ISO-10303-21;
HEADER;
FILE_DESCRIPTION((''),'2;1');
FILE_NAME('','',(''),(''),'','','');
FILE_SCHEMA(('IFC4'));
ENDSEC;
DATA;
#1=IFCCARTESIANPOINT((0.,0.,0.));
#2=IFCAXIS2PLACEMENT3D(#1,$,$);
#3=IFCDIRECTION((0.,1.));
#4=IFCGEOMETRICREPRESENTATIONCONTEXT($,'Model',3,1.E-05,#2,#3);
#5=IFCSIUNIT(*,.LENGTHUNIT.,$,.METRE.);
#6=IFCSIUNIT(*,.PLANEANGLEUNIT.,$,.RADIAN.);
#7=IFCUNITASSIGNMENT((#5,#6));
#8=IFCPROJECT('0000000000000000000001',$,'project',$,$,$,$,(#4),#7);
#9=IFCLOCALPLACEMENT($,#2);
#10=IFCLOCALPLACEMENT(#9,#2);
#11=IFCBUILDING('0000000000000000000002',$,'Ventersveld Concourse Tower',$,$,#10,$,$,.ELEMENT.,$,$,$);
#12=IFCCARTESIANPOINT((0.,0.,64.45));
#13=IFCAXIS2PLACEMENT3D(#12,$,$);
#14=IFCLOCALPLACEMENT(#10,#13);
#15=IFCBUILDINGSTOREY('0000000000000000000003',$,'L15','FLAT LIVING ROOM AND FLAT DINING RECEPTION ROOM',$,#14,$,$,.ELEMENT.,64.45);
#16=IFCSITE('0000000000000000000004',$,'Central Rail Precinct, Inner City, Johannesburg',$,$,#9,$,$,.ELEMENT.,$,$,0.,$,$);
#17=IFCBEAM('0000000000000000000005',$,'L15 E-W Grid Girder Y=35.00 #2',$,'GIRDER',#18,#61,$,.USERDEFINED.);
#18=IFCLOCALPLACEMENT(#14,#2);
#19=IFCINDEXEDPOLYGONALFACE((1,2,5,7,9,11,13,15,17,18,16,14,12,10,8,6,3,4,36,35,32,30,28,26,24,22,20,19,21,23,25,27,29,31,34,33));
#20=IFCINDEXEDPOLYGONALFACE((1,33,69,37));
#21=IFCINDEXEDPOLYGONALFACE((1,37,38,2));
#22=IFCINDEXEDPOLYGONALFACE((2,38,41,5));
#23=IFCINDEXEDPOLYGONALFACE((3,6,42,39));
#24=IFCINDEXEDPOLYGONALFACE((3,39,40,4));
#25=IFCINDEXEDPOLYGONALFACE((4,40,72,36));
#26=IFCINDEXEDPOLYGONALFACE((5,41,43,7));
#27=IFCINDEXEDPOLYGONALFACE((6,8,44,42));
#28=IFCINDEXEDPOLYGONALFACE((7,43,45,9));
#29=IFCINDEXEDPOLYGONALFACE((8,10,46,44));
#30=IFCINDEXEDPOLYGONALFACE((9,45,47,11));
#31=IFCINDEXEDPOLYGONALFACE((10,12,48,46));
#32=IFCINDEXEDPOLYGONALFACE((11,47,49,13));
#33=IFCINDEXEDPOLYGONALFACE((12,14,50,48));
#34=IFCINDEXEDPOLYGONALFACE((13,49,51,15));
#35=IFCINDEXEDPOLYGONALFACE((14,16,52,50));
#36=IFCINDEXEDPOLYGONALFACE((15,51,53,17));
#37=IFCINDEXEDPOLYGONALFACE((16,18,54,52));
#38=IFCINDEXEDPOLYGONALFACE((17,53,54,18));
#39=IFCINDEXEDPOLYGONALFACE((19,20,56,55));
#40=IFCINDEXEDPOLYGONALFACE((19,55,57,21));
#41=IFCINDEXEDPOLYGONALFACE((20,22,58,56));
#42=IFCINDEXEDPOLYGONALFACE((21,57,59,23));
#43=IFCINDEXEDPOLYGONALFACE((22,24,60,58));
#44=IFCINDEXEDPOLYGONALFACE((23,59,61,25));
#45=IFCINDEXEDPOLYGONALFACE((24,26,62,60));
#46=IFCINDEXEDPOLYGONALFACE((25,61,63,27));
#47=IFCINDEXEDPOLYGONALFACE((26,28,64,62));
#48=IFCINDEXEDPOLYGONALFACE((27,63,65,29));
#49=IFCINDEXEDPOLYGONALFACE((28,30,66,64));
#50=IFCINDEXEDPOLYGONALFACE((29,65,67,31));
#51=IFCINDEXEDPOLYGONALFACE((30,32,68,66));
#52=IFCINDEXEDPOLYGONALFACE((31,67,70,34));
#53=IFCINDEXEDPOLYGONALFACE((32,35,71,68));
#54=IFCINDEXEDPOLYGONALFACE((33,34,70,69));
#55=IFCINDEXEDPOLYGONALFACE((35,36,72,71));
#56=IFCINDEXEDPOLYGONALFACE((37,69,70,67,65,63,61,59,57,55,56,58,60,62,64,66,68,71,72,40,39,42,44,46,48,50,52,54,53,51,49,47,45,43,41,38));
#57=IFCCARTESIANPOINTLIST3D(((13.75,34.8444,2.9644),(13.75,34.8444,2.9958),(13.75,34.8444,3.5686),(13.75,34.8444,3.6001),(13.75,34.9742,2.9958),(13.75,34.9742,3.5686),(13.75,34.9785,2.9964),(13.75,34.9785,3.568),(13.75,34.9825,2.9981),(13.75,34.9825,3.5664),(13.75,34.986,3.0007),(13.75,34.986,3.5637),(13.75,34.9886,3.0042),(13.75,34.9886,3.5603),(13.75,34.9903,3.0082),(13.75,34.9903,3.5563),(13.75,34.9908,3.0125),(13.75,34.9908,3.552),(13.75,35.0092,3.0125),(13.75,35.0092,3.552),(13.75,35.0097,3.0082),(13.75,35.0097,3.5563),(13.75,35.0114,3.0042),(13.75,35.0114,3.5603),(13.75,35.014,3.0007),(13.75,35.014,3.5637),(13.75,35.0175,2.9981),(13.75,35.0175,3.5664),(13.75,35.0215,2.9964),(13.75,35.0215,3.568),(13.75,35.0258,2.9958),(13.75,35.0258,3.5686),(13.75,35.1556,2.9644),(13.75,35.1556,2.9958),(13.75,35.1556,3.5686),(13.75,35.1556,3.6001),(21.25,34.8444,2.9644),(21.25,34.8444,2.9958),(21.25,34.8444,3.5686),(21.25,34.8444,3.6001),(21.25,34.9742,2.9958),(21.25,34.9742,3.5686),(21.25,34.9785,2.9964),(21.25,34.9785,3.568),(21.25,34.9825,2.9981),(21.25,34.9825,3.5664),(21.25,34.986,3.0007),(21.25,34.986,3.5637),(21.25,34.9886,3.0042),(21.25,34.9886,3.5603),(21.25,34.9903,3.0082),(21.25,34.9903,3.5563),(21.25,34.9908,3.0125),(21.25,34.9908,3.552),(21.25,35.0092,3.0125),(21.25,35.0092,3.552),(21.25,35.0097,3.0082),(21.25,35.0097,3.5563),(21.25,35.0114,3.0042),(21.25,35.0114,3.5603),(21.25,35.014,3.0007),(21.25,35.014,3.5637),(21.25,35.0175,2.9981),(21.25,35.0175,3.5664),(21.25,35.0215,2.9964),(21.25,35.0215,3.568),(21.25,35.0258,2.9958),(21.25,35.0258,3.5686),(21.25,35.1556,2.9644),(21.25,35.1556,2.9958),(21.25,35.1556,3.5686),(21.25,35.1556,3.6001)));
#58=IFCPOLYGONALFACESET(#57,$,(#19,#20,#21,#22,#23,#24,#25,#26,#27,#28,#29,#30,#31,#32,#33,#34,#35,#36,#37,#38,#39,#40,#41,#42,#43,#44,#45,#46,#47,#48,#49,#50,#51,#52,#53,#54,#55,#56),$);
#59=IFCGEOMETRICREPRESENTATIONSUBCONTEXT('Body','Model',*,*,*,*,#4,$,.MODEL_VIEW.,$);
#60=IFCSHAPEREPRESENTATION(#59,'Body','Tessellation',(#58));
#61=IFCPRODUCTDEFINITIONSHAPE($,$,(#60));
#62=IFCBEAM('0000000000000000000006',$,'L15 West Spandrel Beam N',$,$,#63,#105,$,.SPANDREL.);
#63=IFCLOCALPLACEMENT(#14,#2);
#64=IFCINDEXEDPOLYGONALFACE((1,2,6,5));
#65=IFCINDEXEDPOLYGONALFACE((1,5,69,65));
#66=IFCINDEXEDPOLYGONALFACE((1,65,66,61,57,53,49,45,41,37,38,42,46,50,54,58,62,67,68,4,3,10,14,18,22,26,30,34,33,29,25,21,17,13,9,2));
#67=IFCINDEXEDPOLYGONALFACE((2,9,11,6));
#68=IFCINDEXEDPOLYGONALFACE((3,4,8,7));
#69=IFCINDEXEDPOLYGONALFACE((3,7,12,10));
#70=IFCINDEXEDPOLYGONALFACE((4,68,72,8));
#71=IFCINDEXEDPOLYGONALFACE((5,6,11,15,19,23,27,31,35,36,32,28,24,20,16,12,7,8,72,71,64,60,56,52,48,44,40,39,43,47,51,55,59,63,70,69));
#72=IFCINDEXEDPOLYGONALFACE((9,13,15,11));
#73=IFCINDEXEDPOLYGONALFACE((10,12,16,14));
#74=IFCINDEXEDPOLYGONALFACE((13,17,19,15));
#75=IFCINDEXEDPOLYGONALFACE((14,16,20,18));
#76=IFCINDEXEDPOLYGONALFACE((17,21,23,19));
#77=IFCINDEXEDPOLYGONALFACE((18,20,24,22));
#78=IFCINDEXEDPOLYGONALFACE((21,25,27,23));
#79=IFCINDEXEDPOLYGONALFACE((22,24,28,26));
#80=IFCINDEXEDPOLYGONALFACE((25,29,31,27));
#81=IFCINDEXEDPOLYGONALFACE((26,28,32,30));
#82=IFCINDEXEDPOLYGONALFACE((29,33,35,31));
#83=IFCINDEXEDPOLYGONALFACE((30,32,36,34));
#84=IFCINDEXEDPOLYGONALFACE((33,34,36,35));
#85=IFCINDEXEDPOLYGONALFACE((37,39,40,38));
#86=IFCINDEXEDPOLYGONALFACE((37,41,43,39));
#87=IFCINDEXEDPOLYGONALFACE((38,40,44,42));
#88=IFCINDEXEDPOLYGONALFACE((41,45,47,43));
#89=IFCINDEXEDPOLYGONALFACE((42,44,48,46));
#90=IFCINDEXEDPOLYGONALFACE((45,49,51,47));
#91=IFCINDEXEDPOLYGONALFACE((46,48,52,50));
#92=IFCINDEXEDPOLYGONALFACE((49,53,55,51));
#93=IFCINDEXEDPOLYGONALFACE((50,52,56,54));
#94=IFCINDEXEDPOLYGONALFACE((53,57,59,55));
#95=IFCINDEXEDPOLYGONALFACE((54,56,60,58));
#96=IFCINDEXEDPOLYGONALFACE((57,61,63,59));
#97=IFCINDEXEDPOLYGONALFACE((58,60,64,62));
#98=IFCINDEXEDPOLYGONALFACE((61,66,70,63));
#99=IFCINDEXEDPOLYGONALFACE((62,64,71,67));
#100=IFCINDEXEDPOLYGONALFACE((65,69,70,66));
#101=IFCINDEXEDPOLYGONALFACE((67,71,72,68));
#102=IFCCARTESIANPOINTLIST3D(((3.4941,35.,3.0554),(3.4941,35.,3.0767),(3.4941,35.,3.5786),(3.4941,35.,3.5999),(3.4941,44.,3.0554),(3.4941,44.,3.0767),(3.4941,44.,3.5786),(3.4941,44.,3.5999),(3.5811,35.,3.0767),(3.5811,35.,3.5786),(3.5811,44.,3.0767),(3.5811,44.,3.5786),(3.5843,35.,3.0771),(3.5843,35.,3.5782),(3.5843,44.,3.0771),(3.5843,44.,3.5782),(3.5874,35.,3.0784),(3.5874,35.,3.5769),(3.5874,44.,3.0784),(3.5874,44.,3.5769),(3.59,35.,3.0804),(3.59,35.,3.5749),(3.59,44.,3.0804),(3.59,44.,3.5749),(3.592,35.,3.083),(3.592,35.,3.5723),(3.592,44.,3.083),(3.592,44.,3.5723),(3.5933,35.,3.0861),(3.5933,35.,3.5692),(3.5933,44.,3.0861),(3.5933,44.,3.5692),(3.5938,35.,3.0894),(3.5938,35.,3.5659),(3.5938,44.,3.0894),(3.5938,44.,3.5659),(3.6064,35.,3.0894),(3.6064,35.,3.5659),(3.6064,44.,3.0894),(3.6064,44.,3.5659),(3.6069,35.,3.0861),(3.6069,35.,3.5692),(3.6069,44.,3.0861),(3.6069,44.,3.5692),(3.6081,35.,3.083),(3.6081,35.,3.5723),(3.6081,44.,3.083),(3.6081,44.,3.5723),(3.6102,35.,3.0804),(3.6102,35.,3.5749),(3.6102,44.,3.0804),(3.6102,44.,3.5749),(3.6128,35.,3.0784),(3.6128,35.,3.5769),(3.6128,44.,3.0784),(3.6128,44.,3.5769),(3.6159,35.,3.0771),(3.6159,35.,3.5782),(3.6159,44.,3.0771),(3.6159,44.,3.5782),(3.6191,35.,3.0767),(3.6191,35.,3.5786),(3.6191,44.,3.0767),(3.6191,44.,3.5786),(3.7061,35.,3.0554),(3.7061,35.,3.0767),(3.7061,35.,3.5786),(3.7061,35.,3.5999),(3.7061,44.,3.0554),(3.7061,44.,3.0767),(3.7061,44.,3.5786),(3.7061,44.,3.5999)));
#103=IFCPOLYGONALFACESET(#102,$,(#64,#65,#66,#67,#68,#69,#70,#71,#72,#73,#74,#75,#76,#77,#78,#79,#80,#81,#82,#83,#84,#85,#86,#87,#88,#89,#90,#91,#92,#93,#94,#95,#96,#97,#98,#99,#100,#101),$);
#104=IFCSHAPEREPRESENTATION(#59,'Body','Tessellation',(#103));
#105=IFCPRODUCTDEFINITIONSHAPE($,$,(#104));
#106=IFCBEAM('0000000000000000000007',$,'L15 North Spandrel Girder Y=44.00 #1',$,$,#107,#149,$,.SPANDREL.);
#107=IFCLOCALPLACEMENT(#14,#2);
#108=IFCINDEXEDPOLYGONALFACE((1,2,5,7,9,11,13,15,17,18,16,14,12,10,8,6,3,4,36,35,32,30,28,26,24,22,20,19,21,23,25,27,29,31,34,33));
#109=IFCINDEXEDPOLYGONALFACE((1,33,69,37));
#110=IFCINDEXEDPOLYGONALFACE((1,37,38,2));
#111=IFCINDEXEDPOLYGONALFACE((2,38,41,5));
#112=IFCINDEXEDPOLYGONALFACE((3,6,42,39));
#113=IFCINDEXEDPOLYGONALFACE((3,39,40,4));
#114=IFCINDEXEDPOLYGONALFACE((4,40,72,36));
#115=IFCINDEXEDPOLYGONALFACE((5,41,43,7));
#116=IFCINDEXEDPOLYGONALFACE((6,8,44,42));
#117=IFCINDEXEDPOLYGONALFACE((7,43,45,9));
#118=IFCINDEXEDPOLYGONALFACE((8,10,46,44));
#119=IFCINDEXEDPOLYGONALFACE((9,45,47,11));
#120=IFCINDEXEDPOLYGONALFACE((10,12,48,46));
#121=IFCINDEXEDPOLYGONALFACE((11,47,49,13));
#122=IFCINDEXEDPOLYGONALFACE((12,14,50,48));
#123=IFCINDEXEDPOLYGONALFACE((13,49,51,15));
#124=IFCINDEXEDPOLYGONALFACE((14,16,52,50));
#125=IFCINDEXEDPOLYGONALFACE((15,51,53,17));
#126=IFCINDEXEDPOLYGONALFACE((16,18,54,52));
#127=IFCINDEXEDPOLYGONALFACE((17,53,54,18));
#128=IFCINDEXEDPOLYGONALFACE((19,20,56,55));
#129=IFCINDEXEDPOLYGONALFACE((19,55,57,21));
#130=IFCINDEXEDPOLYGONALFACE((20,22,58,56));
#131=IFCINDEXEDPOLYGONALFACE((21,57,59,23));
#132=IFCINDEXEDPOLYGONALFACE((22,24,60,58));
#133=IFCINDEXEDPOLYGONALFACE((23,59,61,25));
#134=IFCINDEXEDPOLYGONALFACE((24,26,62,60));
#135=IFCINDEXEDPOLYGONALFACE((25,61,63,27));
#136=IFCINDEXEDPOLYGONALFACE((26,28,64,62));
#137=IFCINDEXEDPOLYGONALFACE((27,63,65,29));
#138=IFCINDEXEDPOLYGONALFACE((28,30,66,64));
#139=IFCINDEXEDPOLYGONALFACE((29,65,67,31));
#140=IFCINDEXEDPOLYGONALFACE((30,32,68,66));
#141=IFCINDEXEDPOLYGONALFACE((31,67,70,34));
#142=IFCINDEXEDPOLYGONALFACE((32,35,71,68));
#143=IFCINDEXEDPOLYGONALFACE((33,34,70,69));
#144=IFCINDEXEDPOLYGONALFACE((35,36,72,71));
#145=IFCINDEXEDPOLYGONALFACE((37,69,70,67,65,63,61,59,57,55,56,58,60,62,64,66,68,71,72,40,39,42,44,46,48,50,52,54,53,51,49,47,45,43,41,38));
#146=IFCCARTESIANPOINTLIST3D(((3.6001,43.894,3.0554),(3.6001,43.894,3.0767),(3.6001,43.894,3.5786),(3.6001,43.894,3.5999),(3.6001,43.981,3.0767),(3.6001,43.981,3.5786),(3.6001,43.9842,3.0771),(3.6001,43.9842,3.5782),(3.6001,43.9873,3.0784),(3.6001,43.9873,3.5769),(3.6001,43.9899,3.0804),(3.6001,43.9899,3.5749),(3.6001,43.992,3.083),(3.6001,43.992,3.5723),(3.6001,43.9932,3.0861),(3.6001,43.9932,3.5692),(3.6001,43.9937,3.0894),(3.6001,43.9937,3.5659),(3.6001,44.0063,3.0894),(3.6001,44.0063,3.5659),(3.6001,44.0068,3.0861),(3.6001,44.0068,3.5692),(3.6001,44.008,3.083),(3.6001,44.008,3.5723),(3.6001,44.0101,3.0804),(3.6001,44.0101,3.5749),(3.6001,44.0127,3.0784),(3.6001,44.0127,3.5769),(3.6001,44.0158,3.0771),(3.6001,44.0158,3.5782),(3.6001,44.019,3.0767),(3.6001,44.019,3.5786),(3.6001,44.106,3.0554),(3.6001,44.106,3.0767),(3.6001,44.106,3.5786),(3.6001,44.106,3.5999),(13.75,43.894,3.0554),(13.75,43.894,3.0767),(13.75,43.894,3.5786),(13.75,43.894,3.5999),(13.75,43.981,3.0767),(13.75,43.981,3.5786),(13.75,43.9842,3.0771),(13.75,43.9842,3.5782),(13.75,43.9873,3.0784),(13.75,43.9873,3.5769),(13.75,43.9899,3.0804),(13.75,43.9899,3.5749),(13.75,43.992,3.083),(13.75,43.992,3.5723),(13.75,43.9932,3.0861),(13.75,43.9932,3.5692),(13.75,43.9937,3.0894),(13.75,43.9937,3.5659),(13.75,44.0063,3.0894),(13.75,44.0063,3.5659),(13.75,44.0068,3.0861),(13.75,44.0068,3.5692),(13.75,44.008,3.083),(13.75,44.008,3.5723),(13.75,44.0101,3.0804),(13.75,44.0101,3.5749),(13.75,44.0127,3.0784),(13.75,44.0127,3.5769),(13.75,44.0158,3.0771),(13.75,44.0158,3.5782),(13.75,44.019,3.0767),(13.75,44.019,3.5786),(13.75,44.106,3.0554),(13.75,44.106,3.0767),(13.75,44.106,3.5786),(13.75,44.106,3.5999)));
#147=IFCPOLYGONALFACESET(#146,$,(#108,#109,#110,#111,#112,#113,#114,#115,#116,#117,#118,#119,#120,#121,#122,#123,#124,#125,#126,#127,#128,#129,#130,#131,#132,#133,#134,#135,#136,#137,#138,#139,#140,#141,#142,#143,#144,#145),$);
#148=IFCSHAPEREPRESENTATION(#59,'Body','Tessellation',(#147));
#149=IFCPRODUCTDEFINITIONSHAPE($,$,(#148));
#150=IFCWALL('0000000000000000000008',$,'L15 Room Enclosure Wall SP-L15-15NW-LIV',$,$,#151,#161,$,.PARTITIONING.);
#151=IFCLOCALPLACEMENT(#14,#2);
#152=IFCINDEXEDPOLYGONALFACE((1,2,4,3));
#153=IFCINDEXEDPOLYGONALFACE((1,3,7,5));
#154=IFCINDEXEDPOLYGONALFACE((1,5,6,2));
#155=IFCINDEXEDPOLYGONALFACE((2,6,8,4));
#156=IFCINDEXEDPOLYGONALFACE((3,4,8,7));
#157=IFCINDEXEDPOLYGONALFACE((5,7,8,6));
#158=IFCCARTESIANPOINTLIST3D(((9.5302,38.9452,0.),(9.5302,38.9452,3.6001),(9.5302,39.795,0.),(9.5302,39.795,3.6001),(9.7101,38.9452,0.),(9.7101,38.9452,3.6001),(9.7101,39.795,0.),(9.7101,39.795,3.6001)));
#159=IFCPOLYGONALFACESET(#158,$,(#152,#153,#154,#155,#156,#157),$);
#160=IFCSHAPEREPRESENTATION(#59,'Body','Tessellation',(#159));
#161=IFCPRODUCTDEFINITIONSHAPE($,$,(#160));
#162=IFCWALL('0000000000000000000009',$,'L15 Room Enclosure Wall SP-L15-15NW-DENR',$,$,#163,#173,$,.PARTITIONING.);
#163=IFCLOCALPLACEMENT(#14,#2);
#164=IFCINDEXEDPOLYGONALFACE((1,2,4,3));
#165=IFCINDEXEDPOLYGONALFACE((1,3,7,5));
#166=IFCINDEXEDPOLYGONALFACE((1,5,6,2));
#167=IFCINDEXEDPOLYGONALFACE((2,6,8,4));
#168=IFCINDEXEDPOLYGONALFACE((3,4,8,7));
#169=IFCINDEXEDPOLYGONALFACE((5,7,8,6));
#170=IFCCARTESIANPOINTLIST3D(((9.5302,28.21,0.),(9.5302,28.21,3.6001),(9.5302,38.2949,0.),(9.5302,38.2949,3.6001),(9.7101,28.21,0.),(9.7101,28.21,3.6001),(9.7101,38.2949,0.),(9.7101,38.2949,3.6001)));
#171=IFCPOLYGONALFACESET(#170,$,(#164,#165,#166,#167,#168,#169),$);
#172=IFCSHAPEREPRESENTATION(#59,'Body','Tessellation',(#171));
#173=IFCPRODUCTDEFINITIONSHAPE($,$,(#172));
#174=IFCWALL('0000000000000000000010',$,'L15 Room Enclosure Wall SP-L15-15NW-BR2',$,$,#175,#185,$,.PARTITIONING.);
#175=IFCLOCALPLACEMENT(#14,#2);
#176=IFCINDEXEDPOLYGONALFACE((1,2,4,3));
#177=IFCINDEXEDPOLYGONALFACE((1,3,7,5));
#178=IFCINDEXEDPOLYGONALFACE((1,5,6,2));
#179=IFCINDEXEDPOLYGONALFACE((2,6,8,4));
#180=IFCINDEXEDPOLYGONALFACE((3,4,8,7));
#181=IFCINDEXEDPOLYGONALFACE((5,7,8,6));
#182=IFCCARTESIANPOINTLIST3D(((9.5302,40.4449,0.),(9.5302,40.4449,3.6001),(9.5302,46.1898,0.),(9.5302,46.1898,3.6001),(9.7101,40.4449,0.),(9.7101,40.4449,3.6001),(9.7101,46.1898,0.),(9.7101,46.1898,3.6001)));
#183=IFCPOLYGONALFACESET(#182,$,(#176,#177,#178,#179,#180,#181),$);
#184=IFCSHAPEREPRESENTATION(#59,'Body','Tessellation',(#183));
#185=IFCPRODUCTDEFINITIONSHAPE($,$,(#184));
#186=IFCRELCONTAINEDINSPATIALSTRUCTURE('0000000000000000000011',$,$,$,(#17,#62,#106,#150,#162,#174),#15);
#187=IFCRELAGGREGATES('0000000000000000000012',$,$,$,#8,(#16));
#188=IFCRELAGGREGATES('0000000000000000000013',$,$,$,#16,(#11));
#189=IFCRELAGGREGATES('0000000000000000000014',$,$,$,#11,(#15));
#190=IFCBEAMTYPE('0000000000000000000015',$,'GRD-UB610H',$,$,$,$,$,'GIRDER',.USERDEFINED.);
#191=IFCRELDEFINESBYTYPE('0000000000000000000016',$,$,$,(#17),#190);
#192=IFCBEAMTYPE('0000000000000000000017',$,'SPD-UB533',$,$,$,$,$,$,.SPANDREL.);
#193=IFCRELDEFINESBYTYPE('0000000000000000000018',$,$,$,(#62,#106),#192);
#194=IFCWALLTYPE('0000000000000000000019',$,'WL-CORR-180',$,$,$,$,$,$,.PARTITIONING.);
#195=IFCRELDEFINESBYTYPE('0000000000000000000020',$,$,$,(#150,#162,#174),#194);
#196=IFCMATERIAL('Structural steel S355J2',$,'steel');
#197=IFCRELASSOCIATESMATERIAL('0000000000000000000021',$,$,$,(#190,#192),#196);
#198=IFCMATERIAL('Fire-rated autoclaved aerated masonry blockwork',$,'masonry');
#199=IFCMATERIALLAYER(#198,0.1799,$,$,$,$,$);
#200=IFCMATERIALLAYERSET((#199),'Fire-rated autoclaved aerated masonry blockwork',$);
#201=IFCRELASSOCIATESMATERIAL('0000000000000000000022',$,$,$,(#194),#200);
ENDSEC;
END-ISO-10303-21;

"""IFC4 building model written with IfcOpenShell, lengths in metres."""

from ifc_helpers import new_model, si_unit, direction, frame, frame_2d, origin, origin_2d, place, context, subcontext, project, spatial, rectangle, i_section, extrude, material, layer, layer_set, material_profile, profile_set, type_object, element, save


model = new_model("IFC4")

# Units and contexts
model_context = context("Model", 3, precision=1e-05, world=origin(), true_north=direction((0.0, 1.0)))
body_context = subcontext(model_context, "Body", "Model", "MODEL_VIEW")
ifc_project = project(units=[si_unit("LENGTHUNIT", "METRE"), si_unit("PLANEANGLEUNIT", "RADIAN")], contexts=[model_context])

# Site, building, storey
site_placement = place(None, origin())
site = spatial("IfcSite", under=ifc_project, at=site_placement, Name="Central Rail Precinct, Inner City, Johannesburg", CompositionType="ELEMENT", RefElevation=0.0)
building_placement = place(site_placement, origin())
building = spatial("IfcBuilding", under=site, at=building_placement, Name="Ventersveld Concourse Tower", CompositionType="ELEMENT")
storey_placement = place(building_placement, frame((0.0, 0.0, 64.45)))
storey = spatial("IfcBuildingStorey", under=building, at=storey_placement, Name="L15", Description="FLAT LIVING ROOM AND FLAT DINING RECEPTION ROOM", CompositionType="ELEMENT", Elevation=64.45)

# Beams
ifc_material_1 = material(Name="Structural steel S355J2", Category="steel")
ifc_material_profile_1 = material_profile(ifc_material_1, i_section(OverallWidth=0.3113, OverallDepth=0.6357, WebThickness=0.0183, FlangeThickness=0.0315, FilletRadius=0.0166, at=origin_2d()), Name="UB 610x305x238")
ifc_profile_set_1 = profile_set([ifc_material_profile_1], Name="Structural steel S355J2")
beam_type_1 = type_object("IfcBeamType", Name="GRD-UB610H", ElementType="GIRDER", PredefinedType="USERDEFINED", material=ifc_profile_set_1)
beam_1_placement = place(storey_placement, frame((13.75, 35.0, 3.2822), z_axis=(1.0, 0.0, 0.0), x_axis=(0.0, 1.0, 0.0)))
element("IfcBeam", 1, at=beam_1_placement, inside=storey, type_object=beam_type_1, Name="L15 E-W Grid Girder Y=35.00 #2", ObjectType="GIRDER", PredefinedType="USERDEFINED", context=body_context, shape_type="SweptSolid", body=[
    extrude(i_section(OverallWidth=0.3113, OverallDepth=0.6357, WebThickness=0.0183, FlangeThickness=0.0315, FilletRadius=0.0166, at=origin_2d()), origin(), (0.0, 0.0, 1.0), 7.5),
])
ifc_material_profile_2 = material_profile(ifc_material_1, i_section(OverallWidth=0.2119, OverallDepth=0.5444, WebThickness=0.0127, FlangeThickness=0.0212, FilletRadius=0.0127, at=origin_2d()), Name="UB 533x210x122")
ifc_profile_set_2 = profile_set([ifc_material_profile_2], Name="Structural steel S355J2")
beam_type_2 = type_object("IfcBeamType", Name="SPD-UB533", PredefinedType="SPANDREL", material=ifc_profile_set_2)
beam_2_placement = place(storey_placement, frame((3.6001, 35.0, 3.3276), z_axis=(0.0, 1.0, 0.0), x_axis=(-1.0, 0.0, 0.0)))
element("IfcBeam", 2, at=beam_2_placement, inside=storey, type_object=beam_type_2, Name="L15 West Spandrel Beam N", PredefinedType="SPANDREL", context=body_context, shape_type="SweptSolid", body=[
    extrude(i_section(OverallWidth=0.2119, OverallDepth=0.5444, WebThickness=0.0127, FlangeThickness=0.0212, FilletRadius=0.0127, at=origin_2d()), origin(), (0.0, 0.0, 1.0), 9.0),
])
beam_3_placement = place(storey_placement, frame((3.6001, 44.0, 3.3276), z_axis=(1.0, 0.0, 0.0), x_axis=(0.0, 1.0, 0.0)))
element("IfcBeam", 3, at=beam_3_placement, inside=storey, type_object=beam_type_2, Name="L15 North Spandrel Girder Y=44.00 #1", PredefinedType="SPANDREL", context=body_context, shape_type="SweptSolid", body=[
    extrude(i_section(OverallWidth=0.2119, OverallDepth=0.5444, WebThickness=0.0127, FlangeThickness=0.0212, FilletRadius=0.0127, at=origin_2d()), origin(), (0.0, 0.0, 1.0), 10.1499),
])

# Walls
ifc_material_2 = material(Name="Fire-rated autoclaved aerated masonry blockwork", Category="masonry")
ifc_layer_1 = layer(ifc_material_2, 0.1799)
ifc_layer_set_1 = layer_set([ifc_layer_1], Name="Fire-rated autoclaved aerated masonry blockwork")
wall_type_1 = type_object("IfcWallType", Name="WL-CORR-180", PredefinedType="PARTITIONING", material=ifc_layer_set_1)
wall_1_placement = place(storey_placement, frame((9.6201, 39.7949, 0.0), z_axis=(0.0, 0.0, 1.0), x_axis=(0.0, -1.0, 0.0)))
element("IfcWall", 4, at=wall_1_placement, inside=storey, type_object=wall_type_1, Name="L15 Room Enclosure Wall SP-L15-15NW-LIV", PredefinedType="PARTITIONING", context=body_context, shape_type="SweptSolid", body=[
    extrude(rectangle(XDim=0.8499, YDim=0.1799, at=frame_2d((0.4248, 0.0))), origin(), (0.0, 0.0, 1.0), 3.6001),
])
wall_2_placement = place(storey_placement, frame((9.6201, 38.2949, 0.0), z_axis=(0.0, 0.0, 1.0), x_axis=(0.0, -1.0, 0.0)))
element("IfcWall", 5, at=wall_2_placement, inside=storey, type_object=wall_type_1, Name="L15 Room Enclosure Wall SP-L15-15NW-DENR", PredefinedType="PARTITIONING", context=body_context, shape_type="SweptSolid", body=[
    extrude(rectangle(XDim=10.085, YDim=0.1799, at=frame_2d((5.0425, 0.0))), origin(), (0.0, 0.0, 1.0), 3.6001),
])
wall_3_placement = place(storey_placement, frame((9.6201, 46.1899, 0.0), z_axis=(0.0, 0.0, 1.0), x_axis=(0.0, -1.0, 0.0)))
element("IfcWall", 6, at=wall_3_placement, inside=storey, type_object=wall_type_1, Name="L15 Room Enclosure Wall SP-L15-15NW-BR2", PredefinedType="PARTITIONING", context=body_context, shape_type="SweptSolid", body=[
    extrude(rectangle(XDim=5.7449, YDim=0.1799, at=frame_2d((2.8726, 0.0))), origin(), (0.0, 0.0, 1.0), 3.6001),
])

save(model, "model.ifc")
